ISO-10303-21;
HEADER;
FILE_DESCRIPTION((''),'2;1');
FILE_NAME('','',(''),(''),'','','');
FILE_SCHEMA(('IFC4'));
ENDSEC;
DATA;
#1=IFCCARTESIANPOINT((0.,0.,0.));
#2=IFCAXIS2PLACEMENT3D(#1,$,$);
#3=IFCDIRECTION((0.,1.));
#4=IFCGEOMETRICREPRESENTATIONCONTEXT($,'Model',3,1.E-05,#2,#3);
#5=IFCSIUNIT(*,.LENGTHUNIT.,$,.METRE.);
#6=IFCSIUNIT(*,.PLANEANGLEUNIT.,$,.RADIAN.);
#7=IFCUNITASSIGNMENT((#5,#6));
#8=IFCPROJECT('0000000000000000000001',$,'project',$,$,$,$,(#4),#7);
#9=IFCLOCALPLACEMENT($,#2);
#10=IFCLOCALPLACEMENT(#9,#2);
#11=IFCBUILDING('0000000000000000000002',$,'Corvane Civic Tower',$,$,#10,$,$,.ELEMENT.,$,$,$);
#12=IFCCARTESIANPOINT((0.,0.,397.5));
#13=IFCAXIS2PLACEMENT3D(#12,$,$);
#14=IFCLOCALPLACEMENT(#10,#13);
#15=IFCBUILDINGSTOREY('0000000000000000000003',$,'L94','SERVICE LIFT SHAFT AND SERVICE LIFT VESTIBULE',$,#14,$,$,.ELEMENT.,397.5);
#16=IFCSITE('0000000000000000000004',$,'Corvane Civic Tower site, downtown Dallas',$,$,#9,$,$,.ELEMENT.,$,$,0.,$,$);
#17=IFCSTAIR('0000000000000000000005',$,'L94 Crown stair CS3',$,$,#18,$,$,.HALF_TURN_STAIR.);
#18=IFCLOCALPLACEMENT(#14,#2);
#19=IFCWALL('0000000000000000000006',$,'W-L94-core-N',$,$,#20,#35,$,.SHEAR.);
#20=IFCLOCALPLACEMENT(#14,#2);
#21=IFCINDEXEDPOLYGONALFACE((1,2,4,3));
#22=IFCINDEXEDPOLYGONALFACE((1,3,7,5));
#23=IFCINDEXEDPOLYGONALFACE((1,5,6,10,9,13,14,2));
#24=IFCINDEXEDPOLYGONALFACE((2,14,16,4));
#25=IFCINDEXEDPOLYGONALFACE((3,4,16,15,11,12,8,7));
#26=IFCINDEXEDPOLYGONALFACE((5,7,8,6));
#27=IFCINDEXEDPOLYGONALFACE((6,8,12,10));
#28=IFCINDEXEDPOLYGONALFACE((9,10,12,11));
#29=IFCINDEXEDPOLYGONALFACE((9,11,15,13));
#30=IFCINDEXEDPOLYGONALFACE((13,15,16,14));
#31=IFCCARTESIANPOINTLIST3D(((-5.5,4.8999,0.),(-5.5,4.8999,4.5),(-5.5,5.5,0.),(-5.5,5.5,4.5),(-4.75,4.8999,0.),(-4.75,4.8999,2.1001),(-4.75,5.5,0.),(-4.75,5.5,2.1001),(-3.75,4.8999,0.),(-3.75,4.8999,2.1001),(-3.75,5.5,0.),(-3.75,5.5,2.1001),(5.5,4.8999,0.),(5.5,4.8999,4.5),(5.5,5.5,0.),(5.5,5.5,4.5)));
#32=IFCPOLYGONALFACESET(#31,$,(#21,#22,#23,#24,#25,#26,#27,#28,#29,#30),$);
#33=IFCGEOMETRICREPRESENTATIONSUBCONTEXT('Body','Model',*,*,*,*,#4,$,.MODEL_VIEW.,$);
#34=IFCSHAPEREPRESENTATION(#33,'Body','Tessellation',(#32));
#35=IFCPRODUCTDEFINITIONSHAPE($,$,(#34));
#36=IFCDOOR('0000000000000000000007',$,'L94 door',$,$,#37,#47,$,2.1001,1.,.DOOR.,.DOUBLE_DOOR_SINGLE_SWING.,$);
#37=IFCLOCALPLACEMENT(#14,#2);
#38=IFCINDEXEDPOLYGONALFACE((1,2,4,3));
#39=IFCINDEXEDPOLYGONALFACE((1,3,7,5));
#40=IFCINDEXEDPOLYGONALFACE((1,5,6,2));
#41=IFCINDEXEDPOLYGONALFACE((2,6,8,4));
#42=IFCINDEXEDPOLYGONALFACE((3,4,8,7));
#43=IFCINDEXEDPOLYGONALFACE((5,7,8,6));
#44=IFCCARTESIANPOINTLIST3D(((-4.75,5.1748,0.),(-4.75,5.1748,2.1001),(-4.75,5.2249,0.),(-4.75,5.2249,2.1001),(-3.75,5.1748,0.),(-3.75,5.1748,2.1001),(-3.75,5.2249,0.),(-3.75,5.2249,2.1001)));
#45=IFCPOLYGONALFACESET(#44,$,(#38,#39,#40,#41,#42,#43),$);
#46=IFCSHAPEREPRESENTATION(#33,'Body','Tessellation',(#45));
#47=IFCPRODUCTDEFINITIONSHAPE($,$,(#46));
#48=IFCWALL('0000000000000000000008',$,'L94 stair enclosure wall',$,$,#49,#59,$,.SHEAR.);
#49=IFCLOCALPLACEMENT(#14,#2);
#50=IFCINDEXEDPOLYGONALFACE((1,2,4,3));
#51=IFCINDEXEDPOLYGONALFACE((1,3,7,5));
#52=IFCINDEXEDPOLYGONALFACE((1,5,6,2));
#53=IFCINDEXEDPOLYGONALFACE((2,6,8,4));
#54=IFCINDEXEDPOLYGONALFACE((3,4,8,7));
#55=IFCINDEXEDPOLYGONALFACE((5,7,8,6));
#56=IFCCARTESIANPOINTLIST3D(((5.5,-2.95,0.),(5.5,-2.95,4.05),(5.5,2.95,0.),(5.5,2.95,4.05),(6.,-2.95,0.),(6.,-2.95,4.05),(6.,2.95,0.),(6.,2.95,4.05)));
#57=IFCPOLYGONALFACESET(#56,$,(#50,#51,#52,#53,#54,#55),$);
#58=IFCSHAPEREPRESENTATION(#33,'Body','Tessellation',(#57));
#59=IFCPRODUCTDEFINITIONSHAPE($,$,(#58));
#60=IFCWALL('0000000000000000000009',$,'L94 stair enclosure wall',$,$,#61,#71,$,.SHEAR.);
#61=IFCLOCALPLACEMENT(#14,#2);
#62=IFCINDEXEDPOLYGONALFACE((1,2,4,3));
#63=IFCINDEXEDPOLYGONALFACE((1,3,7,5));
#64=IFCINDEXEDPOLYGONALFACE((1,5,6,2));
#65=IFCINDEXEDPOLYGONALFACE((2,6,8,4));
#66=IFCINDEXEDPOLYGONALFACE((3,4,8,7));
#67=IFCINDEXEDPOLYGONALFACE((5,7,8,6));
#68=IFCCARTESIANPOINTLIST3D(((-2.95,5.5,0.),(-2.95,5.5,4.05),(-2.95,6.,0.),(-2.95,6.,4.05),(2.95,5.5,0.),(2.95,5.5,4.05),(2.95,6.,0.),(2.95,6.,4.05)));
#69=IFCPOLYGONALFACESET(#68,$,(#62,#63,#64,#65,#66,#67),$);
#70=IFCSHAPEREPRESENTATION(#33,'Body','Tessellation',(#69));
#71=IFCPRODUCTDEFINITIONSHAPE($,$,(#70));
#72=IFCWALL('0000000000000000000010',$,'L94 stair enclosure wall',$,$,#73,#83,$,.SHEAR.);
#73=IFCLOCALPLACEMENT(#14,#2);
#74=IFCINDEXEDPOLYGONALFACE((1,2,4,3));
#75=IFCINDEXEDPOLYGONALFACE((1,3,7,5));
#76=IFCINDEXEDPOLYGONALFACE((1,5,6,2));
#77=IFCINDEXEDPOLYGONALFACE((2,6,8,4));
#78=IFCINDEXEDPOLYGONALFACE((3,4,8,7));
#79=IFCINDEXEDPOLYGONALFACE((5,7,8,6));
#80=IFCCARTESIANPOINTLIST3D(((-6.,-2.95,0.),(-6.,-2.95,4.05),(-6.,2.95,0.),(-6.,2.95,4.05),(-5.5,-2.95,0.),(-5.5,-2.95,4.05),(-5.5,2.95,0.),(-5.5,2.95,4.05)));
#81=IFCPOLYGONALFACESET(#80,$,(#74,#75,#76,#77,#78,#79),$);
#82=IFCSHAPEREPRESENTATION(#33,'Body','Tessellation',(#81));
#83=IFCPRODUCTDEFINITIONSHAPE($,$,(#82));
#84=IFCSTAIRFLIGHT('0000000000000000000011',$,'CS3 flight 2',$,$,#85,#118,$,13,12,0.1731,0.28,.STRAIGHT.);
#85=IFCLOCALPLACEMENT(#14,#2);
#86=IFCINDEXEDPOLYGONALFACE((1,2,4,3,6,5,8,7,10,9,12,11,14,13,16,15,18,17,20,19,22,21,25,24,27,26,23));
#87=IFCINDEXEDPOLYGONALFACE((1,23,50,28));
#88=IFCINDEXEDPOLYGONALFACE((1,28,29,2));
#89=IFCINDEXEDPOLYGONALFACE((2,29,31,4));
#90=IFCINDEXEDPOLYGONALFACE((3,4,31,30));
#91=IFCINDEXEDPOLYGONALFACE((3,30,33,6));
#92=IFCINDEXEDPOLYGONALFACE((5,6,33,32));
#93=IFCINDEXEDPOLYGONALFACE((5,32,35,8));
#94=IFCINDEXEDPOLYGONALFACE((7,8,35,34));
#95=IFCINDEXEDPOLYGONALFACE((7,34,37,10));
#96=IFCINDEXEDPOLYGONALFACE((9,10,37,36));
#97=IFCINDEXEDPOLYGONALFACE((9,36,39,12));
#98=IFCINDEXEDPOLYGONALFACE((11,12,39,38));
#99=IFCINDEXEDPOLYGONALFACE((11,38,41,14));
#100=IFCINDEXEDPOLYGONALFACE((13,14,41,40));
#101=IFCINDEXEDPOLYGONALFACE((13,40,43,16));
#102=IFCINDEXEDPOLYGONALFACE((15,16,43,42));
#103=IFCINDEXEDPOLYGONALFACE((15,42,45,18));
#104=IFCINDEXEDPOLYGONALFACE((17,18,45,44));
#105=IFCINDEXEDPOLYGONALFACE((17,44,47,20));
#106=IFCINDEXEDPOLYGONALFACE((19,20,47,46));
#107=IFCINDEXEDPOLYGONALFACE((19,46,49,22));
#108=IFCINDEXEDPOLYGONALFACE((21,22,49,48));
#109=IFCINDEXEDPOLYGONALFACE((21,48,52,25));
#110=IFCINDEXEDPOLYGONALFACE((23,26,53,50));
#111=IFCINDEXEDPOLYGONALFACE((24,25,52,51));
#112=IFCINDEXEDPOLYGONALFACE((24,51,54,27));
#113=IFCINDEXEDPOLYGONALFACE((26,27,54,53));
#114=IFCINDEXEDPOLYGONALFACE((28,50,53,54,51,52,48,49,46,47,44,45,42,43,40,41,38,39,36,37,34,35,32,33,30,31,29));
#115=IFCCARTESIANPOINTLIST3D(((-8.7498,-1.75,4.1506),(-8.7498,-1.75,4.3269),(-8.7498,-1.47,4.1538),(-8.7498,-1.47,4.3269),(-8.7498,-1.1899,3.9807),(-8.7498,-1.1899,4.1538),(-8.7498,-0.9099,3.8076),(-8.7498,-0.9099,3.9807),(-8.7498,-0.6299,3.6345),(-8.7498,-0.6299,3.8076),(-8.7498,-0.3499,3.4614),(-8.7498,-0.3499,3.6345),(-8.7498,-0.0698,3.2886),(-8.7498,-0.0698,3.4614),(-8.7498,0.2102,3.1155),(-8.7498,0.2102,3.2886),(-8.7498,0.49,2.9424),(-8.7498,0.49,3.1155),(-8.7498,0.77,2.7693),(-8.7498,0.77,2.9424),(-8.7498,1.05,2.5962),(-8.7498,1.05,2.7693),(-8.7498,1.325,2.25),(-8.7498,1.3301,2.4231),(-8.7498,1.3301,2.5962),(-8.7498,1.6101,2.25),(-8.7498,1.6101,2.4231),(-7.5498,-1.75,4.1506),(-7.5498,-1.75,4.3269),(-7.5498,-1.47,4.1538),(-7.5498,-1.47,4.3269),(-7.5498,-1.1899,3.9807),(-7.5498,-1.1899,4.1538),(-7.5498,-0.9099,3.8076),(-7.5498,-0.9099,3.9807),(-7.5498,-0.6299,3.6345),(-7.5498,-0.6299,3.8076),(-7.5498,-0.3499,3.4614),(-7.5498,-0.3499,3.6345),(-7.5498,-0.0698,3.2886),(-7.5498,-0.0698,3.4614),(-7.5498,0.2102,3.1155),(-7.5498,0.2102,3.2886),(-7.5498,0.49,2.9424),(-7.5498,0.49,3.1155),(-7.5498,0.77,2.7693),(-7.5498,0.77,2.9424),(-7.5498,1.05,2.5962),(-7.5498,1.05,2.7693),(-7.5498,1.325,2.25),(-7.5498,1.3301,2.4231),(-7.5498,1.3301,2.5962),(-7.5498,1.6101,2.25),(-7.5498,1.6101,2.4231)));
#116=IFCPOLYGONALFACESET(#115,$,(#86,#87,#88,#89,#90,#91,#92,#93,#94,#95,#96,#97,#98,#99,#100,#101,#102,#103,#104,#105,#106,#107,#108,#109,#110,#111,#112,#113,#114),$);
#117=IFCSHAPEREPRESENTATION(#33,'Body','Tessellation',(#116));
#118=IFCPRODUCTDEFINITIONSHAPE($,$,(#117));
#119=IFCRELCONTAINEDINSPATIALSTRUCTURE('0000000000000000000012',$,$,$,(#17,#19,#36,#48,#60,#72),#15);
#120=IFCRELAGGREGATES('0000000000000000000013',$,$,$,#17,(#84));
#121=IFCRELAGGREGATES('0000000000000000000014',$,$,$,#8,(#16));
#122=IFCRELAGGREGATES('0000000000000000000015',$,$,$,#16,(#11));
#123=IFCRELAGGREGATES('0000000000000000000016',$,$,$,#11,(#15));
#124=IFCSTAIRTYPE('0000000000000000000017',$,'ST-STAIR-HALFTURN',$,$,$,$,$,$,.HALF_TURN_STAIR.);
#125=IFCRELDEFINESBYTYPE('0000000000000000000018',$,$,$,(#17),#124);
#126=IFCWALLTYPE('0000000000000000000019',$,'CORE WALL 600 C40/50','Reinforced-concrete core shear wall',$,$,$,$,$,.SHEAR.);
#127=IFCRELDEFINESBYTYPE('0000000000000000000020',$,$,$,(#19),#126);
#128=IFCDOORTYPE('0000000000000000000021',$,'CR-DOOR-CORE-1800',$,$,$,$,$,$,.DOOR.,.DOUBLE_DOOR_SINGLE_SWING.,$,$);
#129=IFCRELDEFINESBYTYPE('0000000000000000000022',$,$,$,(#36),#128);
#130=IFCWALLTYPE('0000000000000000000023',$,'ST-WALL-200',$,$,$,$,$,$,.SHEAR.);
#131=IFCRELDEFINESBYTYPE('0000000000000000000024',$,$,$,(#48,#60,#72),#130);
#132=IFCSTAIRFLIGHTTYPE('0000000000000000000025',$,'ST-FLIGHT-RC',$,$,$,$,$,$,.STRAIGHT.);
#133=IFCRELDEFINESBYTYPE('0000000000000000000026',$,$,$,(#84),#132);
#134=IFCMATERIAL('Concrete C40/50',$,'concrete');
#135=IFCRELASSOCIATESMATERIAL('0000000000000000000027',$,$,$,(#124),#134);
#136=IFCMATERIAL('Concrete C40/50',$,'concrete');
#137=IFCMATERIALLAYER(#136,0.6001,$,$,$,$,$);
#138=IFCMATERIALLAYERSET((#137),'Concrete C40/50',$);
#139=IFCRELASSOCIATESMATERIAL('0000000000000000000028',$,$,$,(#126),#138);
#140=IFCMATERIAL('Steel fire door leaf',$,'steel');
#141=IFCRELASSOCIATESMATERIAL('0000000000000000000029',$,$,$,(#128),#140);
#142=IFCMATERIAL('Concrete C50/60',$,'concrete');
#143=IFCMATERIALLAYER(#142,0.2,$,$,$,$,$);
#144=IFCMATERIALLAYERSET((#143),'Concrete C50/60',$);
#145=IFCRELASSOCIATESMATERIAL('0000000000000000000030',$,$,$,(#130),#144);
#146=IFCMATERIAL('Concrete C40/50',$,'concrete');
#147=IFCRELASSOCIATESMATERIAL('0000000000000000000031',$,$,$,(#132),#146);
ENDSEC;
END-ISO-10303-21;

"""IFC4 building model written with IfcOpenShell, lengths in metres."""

from ifc_helpers import new_model, si_unit, direction, frame, frame_2d, origin, place, context, subcontext, project, spatial, polyline, rectangle, outline, extrude, material, layer, layer_set, type_object, element, fill, aggregate, save


model = new_model("IFC4")

# Units and contexts
model_context = context("Model", 3, precision=1e-05, world=origin(), true_north=direction((0.0, 1.0)))
body_context = subcontext(model_context, "Body", "Model", "MODEL_VIEW")
ifc_project = project(units=[si_unit("LENGTHUNIT", "METRE"), si_unit("PLANEANGLEUNIT", "RADIAN")], contexts=[model_context])

# Site, building, storey
site_placement = place(None, origin())
site = spatial("IfcSite", under=ifc_project, at=site_placement, Name="Corvane Civic Tower site, downtown Dallas", CompositionType="ELEMENT", RefElevation=0.0)
building_placement = place(site_placement, origin())
building = spatial("IfcBuilding", under=site, at=building_placement, Name="Corvane Civic Tower", CompositionType="ELEMENT")
storey_placement = place(building_placement, frame((0.0, 0.0, 397.5)))
storey = spatial("IfcBuildingStorey", under=building, at=storey_placement, Name="L94", Description="SERVICE LIFT SHAFT AND SERVICE LIFT VESTIBULE", CompositionType="ELEMENT", Elevation=397.5)

# Stair
ifc_material_1 = material(Name="Concrete C40/50", Category="concrete")
stair_type = type_object("IfcStairType", Name="ST-STAIR-HALFTURN", PredefinedType="HALF_TURN_STAIR", material=ifc_material_1)
stair_1_placement = place(storey_placement, origin())
stair_1 = element("IfcStair", 1, at=stair_1_placement, inside=storey, type_object=stair_type, Name="L94 Crown stair CS3", PredefinedType="HALF_TURN_STAIR")

# Wall, opening, door
ifc_material_2 = material(Name="Concrete C40/50", Category="concrete")
ifc_layer_1 = layer(ifc_material_2, 0.6001)
ifc_layer_set_1 = layer_set([ifc_layer_1], Name="Concrete C40/50")
wall_type_1 = type_object("IfcWallType", Name="CORE WALL 600 C40/50", Description="Reinforced-concrete core shear wall", PredefinedType="SHEAR", material=ifc_layer_set_1)
wall_1_placement = place(storey_placement, frame((-5.5, 5.2, 0.0), z_axis=(0.0, 0.0, 1.0), x_axis=(1.0, 0.0, 0.0)))
wall_1 = element("IfcWall", 2, at=wall_1_placement, inside=storey, type_object=wall_type_1, Name="W-L94-core-N", PredefinedType="SHEAR", context=body_context, shape_type="SweptSolid", body=[
    extrude(rectangle(XDim=11.0, YDim=0.6001, at=frame_2d((5.5, 0.0))), origin(), (0.0, 0.0, 1.0), 4.5),
])
opening_placement = place(wall_1_placement, frame((0.75, 0.0, 0.0)))
opening = element("IfcOpeningElement", 3, at=opening_placement, cuts=wall_1, PredefinedType="OPENING", context=body_context, shape_type="SweptSolid", body=[
    extrude(rectangle(XDim=1.0, YDim=2.1001, at=frame_2d((0.5, 1.05))), frame((0.0, 0.3101, 0.0), z_axis=(0.0, -1.0, 0.0), x_axis=(1.0, 0.0, 0.0)), (0.0, 0.0, 1.0), 0.6201),
])
ifc_material_3 = material(Name="Steel fire door leaf", Category="steel")
door_type = type_object("IfcDoorType", Name="CR-DOOR-CORE-1800", OperationType="DOUBLE_DOOR_SINGLE_SWING", PredefinedType="DOOR", material=ifc_material_3)
door_placement = place(opening_placement, origin())
door = element("IfcDoor", 4, at=door_placement, inside=storey, type_object=door_type, Name="L94 door", OperationType="DOUBLE_DOOR_SINGLE_SWING", OverallHeight=2.1001, OverallWidth=1.0, PredefinedType="DOOR", context=body_context, shape_type="SweptSolid", body=[
    extrude(rectangle(XDim=1.0, YDim=2.1001, at=frame_2d((0.5, 1.05))), frame((0.0, 0.0249, 0.0), z_axis=(0.0, -1.0, 0.0), x_axis=(1.0, 0.0, 0.0)), (0.0, 0.0, 1.0), 0.05),
])
fill(opening, door)

# Walls
ifc_material_4 = material(Name="Concrete C50/60", Category="concrete")
ifc_layer_2 = layer(ifc_material_4, 0.2)
ifc_layer_set_2 = layer_set([ifc_layer_2], Name="Concrete C50/60")
wall_type_2 = type_object("IfcWallType", Name="ST-WALL-200", PredefinedType="SHEAR", material=ifc_layer_set_2)
wall_2_placement = place(storey_placement, origin())
element("IfcWall", 5, at=wall_2_placement, inside=storey, type_object=wall_type_2, Name="L94 stair enclosure wall", PredefinedType="SHEAR", context=body_context, shape_type="SweptSolid", body=[
    extrude(outline(polyline([(6.0, -2.95), (6.0, 2.95), (5.5, 2.95), (5.5, -2.95), (6.0, -2.95)])), origin(), (0.0, 0.0, 1.0), 4.05),
])
wall_3_placement = place(storey_placement, origin())
element("IfcWall", 6, at=wall_3_placement, inside=storey, type_object=wall_type_2, Name="L94 stair enclosure wall", PredefinedType="SHEAR", context=body_context, shape_type="SweptSolid", body=[
    extrude(outline(polyline([(2.95, 5.5), (2.95, 6.0), (-2.95, 6.0), (-2.95, 5.5), (2.95, 5.5)])), origin(), (0.0, 0.0, 1.0), 4.05),
])
wall_4_placement = place(storey_placement, origin())
element("IfcWall", 7, at=wall_4_placement, inside=storey, type_object=wall_type_2, Name="L94 stair enclosure wall", PredefinedType="SHEAR", context=body_context, shape_type="SweptSolid", body=[
    extrude(outline(polyline([(-5.5, -2.95), (-5.5, 2.95), (-6.0, 2.95), (-6.0, -2.95), (-5.5, -2.95)])), origin(), (0.0, 0.0, 1.0), 4.05),
])

# Stair flight
ifc_material_5 = material(Name="Concrete C40/50", Category="concrete")
stair_flight_type = type_object("IfcStairFlightType", Name="ST-FLIGHT-RC", PredefinedType="STRAIGHT", material=ifc_material_5)
stair_flight_placement = place(storey_placement, frame((-8.1499, 1.6101, 2.25), z_axis=(0.0, 0.0, 1.0), x_axis=(0.0, -1.0, 0.0)))
stair_flight = element("IfcStairFlight", 8, at=stair_flight_placement, type_object=stair_flight_type, Name="CS3 flight 2", NumberOfRisers=13, NumberOfTreads=12, PredefinedType="STRAIGHT", RiserHeight=0.1731, TreadLength=0.28, context=body_context, shape_type="SweptSolid", body=[
    extrude(outline(polyline([(0.0, 0.0), (0.0, 0.1731), (0.28, 0.1731), (0.28, 0.3462), (0.5601, 0.3462), (0.5601, 0.5193), (0.8401, 0.5193), (0.8401, 0.6924), (1.1201, 0.6924), (1.1201, 0.8655), (1.3999, 0.8655), (1.3999, 1.0386), (1.6799, 1.0386), (1.6799, 1.2114), (1.96, 1.2114), (1.96, 1.3845), (2.24, 1.3845), (2.24, 1.5576), (2.52, 1.5576), (2.52, 1.7307), (2.8, 1.7307), (2.8, 1.9038), (3.0801, 1.9038), (3.0801, 2.0769), (3.3601, 2.0769), (3.3601, 2.25), (3.3601, 1.9006), (0.2852, 0.0), (0.0, 0.0)])), frame((0.0, 0.6001, 0.0), z_axis=(0.0, -1.0, 0.0), x_axis=(1.0, 0.0, 0.0)), (0.0, 0.0, 1.0), 1.2),
])
aggregate(stair_1, [stair_flight])

save(model, "model.ifc")
